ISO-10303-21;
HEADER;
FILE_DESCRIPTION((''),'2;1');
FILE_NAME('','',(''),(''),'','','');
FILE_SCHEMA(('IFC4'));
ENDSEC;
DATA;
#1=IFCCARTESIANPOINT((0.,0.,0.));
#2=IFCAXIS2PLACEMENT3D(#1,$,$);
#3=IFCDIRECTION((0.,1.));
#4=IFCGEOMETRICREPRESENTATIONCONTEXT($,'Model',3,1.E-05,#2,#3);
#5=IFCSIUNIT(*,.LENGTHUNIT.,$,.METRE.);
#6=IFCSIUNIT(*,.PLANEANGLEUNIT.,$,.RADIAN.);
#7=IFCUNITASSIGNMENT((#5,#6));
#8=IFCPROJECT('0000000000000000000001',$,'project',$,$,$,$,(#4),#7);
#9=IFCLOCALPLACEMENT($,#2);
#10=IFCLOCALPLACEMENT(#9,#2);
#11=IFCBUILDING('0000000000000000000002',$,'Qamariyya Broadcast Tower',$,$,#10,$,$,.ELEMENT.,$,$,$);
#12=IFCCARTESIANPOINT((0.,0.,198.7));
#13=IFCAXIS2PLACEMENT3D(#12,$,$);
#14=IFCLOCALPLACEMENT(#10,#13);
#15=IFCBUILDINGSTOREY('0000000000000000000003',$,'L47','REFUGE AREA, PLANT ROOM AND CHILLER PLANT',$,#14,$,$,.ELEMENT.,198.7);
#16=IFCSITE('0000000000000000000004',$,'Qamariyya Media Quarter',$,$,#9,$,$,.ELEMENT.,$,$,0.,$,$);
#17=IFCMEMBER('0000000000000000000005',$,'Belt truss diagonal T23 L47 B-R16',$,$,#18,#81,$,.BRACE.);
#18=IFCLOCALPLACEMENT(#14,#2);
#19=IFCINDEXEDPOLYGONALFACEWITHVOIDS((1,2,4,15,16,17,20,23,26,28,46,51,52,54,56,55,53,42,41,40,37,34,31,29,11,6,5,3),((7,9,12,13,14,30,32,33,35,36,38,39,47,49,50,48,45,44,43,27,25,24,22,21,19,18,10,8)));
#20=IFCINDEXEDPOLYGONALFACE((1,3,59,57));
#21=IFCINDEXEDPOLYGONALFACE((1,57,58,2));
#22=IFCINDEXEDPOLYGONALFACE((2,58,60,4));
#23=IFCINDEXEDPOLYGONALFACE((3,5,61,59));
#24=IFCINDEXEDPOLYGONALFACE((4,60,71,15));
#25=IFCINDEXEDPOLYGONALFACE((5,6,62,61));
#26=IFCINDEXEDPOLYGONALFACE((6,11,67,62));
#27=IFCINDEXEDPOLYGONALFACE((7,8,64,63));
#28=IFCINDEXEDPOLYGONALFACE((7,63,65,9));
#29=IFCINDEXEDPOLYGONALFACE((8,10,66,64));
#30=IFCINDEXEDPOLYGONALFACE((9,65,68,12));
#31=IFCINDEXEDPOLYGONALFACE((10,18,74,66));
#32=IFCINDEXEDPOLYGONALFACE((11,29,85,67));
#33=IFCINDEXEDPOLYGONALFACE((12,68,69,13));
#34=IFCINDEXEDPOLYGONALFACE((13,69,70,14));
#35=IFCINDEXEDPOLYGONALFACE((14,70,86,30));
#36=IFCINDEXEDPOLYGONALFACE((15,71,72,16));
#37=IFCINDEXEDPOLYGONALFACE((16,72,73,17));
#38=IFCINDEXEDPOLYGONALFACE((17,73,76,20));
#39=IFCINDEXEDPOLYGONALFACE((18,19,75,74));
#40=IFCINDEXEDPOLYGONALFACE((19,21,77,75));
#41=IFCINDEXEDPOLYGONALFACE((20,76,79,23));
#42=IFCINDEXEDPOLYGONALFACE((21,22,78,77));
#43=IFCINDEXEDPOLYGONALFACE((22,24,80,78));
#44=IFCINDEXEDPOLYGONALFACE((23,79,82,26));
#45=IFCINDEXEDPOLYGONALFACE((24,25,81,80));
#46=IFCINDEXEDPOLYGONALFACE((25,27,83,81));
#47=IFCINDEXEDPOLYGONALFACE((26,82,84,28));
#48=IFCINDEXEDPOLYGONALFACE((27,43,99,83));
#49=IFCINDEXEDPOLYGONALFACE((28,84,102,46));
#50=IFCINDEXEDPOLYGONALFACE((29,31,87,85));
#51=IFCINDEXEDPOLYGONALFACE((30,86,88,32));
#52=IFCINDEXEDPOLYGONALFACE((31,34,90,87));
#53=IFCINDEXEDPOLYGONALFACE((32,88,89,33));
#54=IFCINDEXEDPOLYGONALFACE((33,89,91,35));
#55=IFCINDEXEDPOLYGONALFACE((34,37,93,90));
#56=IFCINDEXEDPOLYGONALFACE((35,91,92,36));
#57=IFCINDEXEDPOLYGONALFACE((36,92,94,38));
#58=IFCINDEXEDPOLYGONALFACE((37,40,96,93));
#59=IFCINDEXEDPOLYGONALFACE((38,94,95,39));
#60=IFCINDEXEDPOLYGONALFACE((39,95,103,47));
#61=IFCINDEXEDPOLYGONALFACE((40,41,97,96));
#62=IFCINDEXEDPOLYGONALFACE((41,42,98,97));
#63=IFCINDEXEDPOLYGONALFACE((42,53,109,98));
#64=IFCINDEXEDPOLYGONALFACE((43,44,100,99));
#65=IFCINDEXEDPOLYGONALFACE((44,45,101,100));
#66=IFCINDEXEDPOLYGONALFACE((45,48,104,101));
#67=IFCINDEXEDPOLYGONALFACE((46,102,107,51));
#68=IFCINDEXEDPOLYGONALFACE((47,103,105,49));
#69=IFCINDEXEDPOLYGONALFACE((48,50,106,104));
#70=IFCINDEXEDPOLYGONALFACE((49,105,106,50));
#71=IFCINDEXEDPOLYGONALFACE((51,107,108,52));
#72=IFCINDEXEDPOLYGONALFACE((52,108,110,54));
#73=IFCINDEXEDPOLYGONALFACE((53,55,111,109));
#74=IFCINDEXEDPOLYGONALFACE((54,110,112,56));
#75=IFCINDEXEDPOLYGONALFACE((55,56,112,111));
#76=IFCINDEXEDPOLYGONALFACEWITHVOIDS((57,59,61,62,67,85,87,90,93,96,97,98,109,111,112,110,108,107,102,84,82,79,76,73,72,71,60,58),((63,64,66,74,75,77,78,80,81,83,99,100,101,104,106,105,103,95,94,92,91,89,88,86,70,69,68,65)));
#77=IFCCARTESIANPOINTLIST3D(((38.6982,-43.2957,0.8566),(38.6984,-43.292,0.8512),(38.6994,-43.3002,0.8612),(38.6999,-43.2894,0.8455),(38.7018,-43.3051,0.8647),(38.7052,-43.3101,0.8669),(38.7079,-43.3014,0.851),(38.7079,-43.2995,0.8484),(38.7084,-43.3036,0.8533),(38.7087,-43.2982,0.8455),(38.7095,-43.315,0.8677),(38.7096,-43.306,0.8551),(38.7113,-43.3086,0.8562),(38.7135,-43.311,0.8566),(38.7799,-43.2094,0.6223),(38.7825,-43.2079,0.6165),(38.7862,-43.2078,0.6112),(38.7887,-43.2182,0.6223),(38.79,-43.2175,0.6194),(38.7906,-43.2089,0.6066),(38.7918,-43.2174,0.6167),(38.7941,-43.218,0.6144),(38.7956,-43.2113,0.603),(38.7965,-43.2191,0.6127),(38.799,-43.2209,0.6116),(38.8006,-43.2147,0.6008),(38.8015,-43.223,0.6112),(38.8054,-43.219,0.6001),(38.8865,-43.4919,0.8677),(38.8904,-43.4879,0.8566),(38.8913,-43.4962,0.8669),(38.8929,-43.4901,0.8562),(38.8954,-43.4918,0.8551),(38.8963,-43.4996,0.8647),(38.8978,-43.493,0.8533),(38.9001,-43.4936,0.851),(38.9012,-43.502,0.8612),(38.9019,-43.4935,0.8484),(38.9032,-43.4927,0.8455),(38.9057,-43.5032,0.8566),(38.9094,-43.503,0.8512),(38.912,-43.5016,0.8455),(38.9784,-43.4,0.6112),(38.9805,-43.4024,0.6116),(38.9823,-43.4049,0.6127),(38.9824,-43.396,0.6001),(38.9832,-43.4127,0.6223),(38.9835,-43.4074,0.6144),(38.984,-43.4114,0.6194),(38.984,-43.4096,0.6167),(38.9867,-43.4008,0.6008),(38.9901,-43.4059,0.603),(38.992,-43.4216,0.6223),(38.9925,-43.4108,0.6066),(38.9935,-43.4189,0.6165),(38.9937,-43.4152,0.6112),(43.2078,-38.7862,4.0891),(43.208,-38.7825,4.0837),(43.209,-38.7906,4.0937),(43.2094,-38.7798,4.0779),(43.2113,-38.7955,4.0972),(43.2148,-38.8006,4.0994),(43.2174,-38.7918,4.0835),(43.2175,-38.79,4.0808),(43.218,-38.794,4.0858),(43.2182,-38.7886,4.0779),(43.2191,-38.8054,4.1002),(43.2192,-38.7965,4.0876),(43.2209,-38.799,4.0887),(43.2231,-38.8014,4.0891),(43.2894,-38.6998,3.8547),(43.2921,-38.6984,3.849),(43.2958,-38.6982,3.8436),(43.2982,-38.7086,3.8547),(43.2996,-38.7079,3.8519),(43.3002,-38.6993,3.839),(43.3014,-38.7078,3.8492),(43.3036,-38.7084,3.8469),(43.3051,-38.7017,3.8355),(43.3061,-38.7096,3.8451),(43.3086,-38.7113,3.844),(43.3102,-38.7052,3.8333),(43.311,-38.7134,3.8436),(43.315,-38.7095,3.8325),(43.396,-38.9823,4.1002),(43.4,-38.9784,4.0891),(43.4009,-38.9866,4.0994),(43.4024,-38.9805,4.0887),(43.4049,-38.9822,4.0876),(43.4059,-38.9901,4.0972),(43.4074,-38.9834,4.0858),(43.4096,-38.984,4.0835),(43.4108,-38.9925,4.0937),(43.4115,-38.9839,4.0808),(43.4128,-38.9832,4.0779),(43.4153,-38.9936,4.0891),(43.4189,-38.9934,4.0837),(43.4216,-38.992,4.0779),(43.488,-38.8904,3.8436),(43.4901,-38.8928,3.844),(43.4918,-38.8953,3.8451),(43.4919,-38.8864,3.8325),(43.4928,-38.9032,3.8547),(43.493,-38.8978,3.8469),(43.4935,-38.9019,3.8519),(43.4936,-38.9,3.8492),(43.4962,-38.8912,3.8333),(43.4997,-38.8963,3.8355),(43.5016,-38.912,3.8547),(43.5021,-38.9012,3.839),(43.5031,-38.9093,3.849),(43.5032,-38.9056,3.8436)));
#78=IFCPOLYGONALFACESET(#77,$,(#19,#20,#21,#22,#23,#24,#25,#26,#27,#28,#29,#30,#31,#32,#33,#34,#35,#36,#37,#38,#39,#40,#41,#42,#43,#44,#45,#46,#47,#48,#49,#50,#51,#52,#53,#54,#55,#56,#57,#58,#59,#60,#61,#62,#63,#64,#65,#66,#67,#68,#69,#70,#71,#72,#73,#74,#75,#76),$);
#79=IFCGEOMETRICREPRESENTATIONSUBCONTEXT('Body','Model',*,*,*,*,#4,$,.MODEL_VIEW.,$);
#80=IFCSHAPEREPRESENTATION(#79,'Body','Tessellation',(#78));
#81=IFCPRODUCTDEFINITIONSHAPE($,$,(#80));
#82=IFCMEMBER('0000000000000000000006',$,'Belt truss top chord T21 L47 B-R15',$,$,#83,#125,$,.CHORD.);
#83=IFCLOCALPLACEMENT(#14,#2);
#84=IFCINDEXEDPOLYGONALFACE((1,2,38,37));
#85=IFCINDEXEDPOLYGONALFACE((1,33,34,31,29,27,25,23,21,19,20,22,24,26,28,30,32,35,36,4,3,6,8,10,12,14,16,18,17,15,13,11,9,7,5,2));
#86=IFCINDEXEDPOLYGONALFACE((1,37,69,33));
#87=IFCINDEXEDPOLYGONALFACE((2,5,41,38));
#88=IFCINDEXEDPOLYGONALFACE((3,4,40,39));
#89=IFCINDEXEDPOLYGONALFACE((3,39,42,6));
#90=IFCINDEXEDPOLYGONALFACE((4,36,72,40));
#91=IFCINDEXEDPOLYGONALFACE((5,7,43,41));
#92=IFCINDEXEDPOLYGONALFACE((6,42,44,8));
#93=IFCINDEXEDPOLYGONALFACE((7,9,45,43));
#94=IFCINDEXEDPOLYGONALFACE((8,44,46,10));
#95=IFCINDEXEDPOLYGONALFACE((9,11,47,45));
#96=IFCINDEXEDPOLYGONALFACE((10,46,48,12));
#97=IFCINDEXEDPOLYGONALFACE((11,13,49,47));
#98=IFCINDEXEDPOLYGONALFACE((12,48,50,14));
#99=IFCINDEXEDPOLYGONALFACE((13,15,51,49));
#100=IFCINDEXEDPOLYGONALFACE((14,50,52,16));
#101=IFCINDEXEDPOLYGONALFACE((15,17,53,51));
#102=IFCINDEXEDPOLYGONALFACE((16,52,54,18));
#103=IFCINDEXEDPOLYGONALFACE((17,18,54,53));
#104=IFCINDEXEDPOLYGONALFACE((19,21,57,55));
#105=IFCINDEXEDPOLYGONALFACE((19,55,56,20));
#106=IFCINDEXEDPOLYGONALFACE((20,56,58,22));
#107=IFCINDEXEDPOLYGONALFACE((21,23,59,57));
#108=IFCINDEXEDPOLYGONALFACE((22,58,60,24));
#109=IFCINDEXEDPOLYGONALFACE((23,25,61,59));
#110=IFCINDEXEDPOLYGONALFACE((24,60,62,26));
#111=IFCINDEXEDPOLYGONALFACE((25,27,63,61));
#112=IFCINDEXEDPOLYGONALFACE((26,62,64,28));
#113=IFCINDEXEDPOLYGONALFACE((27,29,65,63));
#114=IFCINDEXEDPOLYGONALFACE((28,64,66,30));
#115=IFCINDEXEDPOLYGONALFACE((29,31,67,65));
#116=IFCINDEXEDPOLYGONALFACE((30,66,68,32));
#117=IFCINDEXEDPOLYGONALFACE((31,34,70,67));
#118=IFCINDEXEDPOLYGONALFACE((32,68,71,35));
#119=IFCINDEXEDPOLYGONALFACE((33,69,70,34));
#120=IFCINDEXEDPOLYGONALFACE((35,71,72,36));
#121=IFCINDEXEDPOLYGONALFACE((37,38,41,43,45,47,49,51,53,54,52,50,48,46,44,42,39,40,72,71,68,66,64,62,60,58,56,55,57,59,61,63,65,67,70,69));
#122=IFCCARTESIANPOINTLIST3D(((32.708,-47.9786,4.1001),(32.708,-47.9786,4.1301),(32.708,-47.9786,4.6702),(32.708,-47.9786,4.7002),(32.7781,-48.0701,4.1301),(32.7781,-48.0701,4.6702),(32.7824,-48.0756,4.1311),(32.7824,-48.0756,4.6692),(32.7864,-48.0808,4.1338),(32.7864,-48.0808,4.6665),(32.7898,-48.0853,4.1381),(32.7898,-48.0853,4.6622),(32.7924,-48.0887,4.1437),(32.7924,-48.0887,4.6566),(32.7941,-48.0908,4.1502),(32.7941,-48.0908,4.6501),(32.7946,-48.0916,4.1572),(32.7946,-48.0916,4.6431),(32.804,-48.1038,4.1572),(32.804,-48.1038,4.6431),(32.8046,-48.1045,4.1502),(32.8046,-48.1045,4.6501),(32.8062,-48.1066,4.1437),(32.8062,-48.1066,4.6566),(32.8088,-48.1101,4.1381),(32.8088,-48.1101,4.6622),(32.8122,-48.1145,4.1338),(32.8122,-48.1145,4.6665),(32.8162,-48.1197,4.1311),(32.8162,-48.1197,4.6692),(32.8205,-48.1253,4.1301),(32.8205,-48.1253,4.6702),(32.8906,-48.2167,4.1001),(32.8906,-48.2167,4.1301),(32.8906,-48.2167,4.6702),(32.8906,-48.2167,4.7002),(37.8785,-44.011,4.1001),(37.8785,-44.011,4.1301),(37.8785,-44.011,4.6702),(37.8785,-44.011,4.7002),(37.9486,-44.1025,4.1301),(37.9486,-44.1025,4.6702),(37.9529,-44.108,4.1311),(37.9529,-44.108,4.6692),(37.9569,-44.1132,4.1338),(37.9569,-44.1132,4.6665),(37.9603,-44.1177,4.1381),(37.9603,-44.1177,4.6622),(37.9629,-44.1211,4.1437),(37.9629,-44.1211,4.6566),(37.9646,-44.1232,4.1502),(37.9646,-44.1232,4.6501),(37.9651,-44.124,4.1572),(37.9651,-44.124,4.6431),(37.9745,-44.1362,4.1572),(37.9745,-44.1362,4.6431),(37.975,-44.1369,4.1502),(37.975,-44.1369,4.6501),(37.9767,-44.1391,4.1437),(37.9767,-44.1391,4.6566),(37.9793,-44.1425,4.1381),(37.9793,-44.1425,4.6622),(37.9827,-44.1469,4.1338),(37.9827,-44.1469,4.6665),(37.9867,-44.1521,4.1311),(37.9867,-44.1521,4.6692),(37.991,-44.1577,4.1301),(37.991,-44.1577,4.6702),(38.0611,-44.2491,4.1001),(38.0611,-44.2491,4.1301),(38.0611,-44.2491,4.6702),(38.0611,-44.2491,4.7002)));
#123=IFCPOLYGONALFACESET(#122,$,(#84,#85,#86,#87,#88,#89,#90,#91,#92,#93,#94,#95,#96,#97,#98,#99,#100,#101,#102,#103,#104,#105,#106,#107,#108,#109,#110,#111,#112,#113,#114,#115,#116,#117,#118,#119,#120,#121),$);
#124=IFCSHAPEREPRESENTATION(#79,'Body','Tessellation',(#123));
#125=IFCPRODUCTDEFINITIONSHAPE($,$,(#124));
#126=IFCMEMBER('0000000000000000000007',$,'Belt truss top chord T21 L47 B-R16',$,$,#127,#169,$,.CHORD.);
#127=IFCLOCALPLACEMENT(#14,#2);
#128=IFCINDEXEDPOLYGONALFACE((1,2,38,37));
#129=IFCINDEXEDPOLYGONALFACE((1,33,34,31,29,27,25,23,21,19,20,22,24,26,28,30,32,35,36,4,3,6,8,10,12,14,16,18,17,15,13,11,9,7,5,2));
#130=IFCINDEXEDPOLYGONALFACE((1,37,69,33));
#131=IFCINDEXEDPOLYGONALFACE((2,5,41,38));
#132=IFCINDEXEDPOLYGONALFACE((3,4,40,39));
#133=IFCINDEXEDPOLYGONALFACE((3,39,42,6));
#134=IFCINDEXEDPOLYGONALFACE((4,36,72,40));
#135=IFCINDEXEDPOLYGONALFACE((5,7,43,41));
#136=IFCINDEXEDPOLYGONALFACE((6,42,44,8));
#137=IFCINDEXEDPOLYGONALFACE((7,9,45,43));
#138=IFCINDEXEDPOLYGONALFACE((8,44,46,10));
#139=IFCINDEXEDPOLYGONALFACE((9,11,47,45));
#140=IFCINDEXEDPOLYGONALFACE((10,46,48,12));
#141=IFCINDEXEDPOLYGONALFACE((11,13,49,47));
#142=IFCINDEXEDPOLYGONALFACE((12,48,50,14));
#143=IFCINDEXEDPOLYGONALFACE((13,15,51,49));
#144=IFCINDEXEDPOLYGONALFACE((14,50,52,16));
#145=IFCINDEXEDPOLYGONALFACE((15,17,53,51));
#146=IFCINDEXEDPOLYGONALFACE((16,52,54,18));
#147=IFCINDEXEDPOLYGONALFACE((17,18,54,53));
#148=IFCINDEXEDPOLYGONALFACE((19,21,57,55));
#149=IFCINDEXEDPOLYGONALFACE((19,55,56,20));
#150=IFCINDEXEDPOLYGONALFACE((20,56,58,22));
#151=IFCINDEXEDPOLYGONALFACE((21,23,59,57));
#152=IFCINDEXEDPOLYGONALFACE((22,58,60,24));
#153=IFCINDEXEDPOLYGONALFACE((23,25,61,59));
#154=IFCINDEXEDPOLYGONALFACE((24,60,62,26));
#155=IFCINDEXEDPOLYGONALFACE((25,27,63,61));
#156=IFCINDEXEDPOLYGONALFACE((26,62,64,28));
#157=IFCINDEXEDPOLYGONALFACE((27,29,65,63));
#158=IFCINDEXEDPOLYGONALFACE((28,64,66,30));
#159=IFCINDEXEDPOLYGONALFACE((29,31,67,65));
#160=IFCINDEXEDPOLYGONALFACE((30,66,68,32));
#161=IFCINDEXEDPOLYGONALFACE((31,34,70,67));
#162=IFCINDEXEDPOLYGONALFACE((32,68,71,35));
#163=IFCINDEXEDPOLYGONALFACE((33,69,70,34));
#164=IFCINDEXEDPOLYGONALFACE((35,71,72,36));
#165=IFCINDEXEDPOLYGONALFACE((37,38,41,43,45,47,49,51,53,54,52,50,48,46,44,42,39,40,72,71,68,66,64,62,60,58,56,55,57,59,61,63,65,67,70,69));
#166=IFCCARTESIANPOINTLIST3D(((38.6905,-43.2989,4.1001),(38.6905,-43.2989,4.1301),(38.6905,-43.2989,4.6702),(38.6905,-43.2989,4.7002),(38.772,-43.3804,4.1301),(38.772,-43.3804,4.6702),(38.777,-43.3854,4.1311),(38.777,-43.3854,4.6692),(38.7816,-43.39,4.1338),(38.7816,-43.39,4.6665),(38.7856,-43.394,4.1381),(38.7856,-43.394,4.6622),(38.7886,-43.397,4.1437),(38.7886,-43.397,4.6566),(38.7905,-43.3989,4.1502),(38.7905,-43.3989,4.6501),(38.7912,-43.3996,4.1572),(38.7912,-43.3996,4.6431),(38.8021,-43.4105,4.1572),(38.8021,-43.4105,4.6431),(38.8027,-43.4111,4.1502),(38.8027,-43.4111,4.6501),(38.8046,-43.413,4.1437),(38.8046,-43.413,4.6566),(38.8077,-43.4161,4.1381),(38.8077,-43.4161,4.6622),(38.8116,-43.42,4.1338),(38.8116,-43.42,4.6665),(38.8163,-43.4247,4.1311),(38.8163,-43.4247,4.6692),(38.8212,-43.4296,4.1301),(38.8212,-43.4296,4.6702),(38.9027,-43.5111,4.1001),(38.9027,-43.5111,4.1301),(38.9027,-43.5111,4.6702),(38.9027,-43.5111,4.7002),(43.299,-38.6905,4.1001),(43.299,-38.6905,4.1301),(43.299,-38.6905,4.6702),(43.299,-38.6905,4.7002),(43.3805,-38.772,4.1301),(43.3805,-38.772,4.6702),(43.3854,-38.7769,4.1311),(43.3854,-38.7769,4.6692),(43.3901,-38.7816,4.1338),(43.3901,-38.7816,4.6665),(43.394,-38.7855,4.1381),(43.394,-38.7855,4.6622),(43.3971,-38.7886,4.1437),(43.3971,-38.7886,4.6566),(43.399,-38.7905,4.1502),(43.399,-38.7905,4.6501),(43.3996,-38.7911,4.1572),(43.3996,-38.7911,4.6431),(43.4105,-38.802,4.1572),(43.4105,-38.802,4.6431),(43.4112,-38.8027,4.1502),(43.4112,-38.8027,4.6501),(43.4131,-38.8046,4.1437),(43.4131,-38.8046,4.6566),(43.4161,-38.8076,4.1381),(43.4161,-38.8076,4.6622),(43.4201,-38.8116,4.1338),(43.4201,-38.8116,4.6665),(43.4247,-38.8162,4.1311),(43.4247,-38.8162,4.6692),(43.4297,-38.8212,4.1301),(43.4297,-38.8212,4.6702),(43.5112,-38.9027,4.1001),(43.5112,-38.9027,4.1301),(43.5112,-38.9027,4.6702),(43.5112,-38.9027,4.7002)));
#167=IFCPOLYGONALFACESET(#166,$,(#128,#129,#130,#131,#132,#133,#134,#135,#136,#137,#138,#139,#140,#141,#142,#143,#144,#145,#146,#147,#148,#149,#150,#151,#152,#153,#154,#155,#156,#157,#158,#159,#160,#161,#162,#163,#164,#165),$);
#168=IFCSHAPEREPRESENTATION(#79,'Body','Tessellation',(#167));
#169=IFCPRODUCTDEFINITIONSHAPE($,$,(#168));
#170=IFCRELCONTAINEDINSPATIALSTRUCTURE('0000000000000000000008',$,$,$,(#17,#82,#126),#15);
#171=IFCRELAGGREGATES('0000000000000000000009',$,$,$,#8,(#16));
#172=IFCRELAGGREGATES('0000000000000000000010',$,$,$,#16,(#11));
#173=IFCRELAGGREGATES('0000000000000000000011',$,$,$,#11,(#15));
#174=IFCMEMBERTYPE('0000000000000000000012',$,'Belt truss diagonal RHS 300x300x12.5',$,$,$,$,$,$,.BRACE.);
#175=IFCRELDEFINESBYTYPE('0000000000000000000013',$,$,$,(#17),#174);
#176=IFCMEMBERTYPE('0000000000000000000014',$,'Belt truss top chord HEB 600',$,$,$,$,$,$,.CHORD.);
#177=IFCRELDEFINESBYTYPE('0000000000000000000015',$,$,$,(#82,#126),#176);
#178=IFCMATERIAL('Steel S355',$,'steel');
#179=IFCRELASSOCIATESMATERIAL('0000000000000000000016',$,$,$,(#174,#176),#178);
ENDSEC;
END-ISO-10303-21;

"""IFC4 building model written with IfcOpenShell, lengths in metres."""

from ifc_helpers import new_model, si_unit, direction, frame, origin, origin_2d, place, context, subcontext, project, spatial, hollow_rectangle, i_section, extrude, material, material_profile, profile_set, type_object, element, save


model = new_model("IFC4")

# Units and contexts
model_context = context("Model", 3, precision=1e-05, world=origin(), true_north=direction((0.0, 1.0)))
body_context = subcontext(model_context, "Body", "Model", "MODEL_VIEW")
ifc_project = project(units=[si_unit("LENGTHUNIT", "METRE"), si_unit("PLANEANGLEUNIT", "RADIAN")], contexts=[model_context])

# Site, building, storey
site_placement = place(None, origin())
site = spatial("IfcSite", under=ifc_project, at=site_placement, Name="Qamariyya Media Quarter", CompositionType="ELEMENT", RefElevation=0.0)
building_placement = place(site_placement, origin())
building = spatial("IfcBuilding", under=site, at=building_placement, Name="Qamariyya Broadcast Tower", CompositionType="ELEMENT")
storey_placement = place(building_placement, frame((0.0, 0.0, 198.7)))
storey = spatial("IfcBuildingStorey", under=building, at=storey_placement, Name="L47", Description="REFUGE AREA, PLANT ROOM AND CHILLER PLANT", CompositionType="ELEMENT", Elevation=198.7)

# Members
ifc_material_1 = material(Name="Steel S355", Category="steel")
ifc_material_profile_1 = material_profile(ifc_material_1, hollow_rectangle(XDim=0.3, YDim=0.3, WallThickness=0.0125, InnerFilletRadius=0.0125, OuterFilletRadius=0.0249, at=origin_2d()))
ifc_profile_set_1 = profile_set([ifc_material_profile_1], Name="Steel S355")
member_type_1 = type_object("IfcMemberType", Name="Belt truss diagonal RHS 300x300x12.5", PredefinedType="BRACE", material=ifc_profile_set_1)
for number, where, z_axis, x_axis, name in (
    (1, (38.8459, -43.3555, 0.7339), (0.630717, 0.630717, 0.452098), (-0.707107, 0.707107, 0.0), "Belt truss diagonal T23 L47 B-R16"),
):
    element("IfcMember", number, at=place(storey_placement, frame(where, z_axis=z_axis, x_axis=x_axis)), inside=storey, type_object=member_type_1, Name=name, PredefinedType="BRACE", context=body_context, shape_type="SweptSolid", body=[
        extrude(hollow_rectangle(XDim=0.3, YDim=0.3, WallThickness=0.0125, InnerFilletRadius=0.0125, OuterFilletRadius=0.0249, at=origin_2d()), origin(), (0.0, 0.0, 1.0), 7.1499),
    ])
ifc_material_profile_2 = material_profile(ifc_material_1, i_section(OverallWidth=0.3, OverallDepth=0.6001, WebThickness=0.0154, FlangeThickness=0.03, FilletRadius=0.0271, at=origin_2d()))
ifc_profile_set_2 = profile_set([ifc_material_profile_2], Name="Steel S355")
member_type_2 = type_object("IfcMemberType", Name="Belt truss top chord HEB 600", PredefinedType="CHORD", material=ifc_profile_set_2)
for number, where, z_axis, x_axis, name in (
    (2, (32.7993, -48.0977, 4.4001), (0.793343, 0.608774, 0.0), (-0.608774, 0.793343, 0.0), "Belt truss top chord T21 L47 B-R15"),
    (3, (38.7966, -43.405, 4.4001), (0.707107, 0.707107, 0.0), (-0.707107, 0.707107, 0.0), "Belt truss top chord T21 L47 B-R16"),
):
    element("IfcMember", number, at=place(storey_placement, frame(where, z_axis=z_axis, x_axis=x_axis)), inside=storey, type_object=member_type_2, Name=name, PredefinedType="CHORD", context=body_context, shape_type="SweptSolid", body=[
        extrude(i_section(OverallWidth=0.3, OverallDepth=0.6001, WebThickness=0.0154, FlangeThickness=0.03, FilletRadius=0.0271, at=origin_2d()), origin(), (0.0, 0.0, 1.0), 6.5173),
    ])

save(model, "model.ifc")
